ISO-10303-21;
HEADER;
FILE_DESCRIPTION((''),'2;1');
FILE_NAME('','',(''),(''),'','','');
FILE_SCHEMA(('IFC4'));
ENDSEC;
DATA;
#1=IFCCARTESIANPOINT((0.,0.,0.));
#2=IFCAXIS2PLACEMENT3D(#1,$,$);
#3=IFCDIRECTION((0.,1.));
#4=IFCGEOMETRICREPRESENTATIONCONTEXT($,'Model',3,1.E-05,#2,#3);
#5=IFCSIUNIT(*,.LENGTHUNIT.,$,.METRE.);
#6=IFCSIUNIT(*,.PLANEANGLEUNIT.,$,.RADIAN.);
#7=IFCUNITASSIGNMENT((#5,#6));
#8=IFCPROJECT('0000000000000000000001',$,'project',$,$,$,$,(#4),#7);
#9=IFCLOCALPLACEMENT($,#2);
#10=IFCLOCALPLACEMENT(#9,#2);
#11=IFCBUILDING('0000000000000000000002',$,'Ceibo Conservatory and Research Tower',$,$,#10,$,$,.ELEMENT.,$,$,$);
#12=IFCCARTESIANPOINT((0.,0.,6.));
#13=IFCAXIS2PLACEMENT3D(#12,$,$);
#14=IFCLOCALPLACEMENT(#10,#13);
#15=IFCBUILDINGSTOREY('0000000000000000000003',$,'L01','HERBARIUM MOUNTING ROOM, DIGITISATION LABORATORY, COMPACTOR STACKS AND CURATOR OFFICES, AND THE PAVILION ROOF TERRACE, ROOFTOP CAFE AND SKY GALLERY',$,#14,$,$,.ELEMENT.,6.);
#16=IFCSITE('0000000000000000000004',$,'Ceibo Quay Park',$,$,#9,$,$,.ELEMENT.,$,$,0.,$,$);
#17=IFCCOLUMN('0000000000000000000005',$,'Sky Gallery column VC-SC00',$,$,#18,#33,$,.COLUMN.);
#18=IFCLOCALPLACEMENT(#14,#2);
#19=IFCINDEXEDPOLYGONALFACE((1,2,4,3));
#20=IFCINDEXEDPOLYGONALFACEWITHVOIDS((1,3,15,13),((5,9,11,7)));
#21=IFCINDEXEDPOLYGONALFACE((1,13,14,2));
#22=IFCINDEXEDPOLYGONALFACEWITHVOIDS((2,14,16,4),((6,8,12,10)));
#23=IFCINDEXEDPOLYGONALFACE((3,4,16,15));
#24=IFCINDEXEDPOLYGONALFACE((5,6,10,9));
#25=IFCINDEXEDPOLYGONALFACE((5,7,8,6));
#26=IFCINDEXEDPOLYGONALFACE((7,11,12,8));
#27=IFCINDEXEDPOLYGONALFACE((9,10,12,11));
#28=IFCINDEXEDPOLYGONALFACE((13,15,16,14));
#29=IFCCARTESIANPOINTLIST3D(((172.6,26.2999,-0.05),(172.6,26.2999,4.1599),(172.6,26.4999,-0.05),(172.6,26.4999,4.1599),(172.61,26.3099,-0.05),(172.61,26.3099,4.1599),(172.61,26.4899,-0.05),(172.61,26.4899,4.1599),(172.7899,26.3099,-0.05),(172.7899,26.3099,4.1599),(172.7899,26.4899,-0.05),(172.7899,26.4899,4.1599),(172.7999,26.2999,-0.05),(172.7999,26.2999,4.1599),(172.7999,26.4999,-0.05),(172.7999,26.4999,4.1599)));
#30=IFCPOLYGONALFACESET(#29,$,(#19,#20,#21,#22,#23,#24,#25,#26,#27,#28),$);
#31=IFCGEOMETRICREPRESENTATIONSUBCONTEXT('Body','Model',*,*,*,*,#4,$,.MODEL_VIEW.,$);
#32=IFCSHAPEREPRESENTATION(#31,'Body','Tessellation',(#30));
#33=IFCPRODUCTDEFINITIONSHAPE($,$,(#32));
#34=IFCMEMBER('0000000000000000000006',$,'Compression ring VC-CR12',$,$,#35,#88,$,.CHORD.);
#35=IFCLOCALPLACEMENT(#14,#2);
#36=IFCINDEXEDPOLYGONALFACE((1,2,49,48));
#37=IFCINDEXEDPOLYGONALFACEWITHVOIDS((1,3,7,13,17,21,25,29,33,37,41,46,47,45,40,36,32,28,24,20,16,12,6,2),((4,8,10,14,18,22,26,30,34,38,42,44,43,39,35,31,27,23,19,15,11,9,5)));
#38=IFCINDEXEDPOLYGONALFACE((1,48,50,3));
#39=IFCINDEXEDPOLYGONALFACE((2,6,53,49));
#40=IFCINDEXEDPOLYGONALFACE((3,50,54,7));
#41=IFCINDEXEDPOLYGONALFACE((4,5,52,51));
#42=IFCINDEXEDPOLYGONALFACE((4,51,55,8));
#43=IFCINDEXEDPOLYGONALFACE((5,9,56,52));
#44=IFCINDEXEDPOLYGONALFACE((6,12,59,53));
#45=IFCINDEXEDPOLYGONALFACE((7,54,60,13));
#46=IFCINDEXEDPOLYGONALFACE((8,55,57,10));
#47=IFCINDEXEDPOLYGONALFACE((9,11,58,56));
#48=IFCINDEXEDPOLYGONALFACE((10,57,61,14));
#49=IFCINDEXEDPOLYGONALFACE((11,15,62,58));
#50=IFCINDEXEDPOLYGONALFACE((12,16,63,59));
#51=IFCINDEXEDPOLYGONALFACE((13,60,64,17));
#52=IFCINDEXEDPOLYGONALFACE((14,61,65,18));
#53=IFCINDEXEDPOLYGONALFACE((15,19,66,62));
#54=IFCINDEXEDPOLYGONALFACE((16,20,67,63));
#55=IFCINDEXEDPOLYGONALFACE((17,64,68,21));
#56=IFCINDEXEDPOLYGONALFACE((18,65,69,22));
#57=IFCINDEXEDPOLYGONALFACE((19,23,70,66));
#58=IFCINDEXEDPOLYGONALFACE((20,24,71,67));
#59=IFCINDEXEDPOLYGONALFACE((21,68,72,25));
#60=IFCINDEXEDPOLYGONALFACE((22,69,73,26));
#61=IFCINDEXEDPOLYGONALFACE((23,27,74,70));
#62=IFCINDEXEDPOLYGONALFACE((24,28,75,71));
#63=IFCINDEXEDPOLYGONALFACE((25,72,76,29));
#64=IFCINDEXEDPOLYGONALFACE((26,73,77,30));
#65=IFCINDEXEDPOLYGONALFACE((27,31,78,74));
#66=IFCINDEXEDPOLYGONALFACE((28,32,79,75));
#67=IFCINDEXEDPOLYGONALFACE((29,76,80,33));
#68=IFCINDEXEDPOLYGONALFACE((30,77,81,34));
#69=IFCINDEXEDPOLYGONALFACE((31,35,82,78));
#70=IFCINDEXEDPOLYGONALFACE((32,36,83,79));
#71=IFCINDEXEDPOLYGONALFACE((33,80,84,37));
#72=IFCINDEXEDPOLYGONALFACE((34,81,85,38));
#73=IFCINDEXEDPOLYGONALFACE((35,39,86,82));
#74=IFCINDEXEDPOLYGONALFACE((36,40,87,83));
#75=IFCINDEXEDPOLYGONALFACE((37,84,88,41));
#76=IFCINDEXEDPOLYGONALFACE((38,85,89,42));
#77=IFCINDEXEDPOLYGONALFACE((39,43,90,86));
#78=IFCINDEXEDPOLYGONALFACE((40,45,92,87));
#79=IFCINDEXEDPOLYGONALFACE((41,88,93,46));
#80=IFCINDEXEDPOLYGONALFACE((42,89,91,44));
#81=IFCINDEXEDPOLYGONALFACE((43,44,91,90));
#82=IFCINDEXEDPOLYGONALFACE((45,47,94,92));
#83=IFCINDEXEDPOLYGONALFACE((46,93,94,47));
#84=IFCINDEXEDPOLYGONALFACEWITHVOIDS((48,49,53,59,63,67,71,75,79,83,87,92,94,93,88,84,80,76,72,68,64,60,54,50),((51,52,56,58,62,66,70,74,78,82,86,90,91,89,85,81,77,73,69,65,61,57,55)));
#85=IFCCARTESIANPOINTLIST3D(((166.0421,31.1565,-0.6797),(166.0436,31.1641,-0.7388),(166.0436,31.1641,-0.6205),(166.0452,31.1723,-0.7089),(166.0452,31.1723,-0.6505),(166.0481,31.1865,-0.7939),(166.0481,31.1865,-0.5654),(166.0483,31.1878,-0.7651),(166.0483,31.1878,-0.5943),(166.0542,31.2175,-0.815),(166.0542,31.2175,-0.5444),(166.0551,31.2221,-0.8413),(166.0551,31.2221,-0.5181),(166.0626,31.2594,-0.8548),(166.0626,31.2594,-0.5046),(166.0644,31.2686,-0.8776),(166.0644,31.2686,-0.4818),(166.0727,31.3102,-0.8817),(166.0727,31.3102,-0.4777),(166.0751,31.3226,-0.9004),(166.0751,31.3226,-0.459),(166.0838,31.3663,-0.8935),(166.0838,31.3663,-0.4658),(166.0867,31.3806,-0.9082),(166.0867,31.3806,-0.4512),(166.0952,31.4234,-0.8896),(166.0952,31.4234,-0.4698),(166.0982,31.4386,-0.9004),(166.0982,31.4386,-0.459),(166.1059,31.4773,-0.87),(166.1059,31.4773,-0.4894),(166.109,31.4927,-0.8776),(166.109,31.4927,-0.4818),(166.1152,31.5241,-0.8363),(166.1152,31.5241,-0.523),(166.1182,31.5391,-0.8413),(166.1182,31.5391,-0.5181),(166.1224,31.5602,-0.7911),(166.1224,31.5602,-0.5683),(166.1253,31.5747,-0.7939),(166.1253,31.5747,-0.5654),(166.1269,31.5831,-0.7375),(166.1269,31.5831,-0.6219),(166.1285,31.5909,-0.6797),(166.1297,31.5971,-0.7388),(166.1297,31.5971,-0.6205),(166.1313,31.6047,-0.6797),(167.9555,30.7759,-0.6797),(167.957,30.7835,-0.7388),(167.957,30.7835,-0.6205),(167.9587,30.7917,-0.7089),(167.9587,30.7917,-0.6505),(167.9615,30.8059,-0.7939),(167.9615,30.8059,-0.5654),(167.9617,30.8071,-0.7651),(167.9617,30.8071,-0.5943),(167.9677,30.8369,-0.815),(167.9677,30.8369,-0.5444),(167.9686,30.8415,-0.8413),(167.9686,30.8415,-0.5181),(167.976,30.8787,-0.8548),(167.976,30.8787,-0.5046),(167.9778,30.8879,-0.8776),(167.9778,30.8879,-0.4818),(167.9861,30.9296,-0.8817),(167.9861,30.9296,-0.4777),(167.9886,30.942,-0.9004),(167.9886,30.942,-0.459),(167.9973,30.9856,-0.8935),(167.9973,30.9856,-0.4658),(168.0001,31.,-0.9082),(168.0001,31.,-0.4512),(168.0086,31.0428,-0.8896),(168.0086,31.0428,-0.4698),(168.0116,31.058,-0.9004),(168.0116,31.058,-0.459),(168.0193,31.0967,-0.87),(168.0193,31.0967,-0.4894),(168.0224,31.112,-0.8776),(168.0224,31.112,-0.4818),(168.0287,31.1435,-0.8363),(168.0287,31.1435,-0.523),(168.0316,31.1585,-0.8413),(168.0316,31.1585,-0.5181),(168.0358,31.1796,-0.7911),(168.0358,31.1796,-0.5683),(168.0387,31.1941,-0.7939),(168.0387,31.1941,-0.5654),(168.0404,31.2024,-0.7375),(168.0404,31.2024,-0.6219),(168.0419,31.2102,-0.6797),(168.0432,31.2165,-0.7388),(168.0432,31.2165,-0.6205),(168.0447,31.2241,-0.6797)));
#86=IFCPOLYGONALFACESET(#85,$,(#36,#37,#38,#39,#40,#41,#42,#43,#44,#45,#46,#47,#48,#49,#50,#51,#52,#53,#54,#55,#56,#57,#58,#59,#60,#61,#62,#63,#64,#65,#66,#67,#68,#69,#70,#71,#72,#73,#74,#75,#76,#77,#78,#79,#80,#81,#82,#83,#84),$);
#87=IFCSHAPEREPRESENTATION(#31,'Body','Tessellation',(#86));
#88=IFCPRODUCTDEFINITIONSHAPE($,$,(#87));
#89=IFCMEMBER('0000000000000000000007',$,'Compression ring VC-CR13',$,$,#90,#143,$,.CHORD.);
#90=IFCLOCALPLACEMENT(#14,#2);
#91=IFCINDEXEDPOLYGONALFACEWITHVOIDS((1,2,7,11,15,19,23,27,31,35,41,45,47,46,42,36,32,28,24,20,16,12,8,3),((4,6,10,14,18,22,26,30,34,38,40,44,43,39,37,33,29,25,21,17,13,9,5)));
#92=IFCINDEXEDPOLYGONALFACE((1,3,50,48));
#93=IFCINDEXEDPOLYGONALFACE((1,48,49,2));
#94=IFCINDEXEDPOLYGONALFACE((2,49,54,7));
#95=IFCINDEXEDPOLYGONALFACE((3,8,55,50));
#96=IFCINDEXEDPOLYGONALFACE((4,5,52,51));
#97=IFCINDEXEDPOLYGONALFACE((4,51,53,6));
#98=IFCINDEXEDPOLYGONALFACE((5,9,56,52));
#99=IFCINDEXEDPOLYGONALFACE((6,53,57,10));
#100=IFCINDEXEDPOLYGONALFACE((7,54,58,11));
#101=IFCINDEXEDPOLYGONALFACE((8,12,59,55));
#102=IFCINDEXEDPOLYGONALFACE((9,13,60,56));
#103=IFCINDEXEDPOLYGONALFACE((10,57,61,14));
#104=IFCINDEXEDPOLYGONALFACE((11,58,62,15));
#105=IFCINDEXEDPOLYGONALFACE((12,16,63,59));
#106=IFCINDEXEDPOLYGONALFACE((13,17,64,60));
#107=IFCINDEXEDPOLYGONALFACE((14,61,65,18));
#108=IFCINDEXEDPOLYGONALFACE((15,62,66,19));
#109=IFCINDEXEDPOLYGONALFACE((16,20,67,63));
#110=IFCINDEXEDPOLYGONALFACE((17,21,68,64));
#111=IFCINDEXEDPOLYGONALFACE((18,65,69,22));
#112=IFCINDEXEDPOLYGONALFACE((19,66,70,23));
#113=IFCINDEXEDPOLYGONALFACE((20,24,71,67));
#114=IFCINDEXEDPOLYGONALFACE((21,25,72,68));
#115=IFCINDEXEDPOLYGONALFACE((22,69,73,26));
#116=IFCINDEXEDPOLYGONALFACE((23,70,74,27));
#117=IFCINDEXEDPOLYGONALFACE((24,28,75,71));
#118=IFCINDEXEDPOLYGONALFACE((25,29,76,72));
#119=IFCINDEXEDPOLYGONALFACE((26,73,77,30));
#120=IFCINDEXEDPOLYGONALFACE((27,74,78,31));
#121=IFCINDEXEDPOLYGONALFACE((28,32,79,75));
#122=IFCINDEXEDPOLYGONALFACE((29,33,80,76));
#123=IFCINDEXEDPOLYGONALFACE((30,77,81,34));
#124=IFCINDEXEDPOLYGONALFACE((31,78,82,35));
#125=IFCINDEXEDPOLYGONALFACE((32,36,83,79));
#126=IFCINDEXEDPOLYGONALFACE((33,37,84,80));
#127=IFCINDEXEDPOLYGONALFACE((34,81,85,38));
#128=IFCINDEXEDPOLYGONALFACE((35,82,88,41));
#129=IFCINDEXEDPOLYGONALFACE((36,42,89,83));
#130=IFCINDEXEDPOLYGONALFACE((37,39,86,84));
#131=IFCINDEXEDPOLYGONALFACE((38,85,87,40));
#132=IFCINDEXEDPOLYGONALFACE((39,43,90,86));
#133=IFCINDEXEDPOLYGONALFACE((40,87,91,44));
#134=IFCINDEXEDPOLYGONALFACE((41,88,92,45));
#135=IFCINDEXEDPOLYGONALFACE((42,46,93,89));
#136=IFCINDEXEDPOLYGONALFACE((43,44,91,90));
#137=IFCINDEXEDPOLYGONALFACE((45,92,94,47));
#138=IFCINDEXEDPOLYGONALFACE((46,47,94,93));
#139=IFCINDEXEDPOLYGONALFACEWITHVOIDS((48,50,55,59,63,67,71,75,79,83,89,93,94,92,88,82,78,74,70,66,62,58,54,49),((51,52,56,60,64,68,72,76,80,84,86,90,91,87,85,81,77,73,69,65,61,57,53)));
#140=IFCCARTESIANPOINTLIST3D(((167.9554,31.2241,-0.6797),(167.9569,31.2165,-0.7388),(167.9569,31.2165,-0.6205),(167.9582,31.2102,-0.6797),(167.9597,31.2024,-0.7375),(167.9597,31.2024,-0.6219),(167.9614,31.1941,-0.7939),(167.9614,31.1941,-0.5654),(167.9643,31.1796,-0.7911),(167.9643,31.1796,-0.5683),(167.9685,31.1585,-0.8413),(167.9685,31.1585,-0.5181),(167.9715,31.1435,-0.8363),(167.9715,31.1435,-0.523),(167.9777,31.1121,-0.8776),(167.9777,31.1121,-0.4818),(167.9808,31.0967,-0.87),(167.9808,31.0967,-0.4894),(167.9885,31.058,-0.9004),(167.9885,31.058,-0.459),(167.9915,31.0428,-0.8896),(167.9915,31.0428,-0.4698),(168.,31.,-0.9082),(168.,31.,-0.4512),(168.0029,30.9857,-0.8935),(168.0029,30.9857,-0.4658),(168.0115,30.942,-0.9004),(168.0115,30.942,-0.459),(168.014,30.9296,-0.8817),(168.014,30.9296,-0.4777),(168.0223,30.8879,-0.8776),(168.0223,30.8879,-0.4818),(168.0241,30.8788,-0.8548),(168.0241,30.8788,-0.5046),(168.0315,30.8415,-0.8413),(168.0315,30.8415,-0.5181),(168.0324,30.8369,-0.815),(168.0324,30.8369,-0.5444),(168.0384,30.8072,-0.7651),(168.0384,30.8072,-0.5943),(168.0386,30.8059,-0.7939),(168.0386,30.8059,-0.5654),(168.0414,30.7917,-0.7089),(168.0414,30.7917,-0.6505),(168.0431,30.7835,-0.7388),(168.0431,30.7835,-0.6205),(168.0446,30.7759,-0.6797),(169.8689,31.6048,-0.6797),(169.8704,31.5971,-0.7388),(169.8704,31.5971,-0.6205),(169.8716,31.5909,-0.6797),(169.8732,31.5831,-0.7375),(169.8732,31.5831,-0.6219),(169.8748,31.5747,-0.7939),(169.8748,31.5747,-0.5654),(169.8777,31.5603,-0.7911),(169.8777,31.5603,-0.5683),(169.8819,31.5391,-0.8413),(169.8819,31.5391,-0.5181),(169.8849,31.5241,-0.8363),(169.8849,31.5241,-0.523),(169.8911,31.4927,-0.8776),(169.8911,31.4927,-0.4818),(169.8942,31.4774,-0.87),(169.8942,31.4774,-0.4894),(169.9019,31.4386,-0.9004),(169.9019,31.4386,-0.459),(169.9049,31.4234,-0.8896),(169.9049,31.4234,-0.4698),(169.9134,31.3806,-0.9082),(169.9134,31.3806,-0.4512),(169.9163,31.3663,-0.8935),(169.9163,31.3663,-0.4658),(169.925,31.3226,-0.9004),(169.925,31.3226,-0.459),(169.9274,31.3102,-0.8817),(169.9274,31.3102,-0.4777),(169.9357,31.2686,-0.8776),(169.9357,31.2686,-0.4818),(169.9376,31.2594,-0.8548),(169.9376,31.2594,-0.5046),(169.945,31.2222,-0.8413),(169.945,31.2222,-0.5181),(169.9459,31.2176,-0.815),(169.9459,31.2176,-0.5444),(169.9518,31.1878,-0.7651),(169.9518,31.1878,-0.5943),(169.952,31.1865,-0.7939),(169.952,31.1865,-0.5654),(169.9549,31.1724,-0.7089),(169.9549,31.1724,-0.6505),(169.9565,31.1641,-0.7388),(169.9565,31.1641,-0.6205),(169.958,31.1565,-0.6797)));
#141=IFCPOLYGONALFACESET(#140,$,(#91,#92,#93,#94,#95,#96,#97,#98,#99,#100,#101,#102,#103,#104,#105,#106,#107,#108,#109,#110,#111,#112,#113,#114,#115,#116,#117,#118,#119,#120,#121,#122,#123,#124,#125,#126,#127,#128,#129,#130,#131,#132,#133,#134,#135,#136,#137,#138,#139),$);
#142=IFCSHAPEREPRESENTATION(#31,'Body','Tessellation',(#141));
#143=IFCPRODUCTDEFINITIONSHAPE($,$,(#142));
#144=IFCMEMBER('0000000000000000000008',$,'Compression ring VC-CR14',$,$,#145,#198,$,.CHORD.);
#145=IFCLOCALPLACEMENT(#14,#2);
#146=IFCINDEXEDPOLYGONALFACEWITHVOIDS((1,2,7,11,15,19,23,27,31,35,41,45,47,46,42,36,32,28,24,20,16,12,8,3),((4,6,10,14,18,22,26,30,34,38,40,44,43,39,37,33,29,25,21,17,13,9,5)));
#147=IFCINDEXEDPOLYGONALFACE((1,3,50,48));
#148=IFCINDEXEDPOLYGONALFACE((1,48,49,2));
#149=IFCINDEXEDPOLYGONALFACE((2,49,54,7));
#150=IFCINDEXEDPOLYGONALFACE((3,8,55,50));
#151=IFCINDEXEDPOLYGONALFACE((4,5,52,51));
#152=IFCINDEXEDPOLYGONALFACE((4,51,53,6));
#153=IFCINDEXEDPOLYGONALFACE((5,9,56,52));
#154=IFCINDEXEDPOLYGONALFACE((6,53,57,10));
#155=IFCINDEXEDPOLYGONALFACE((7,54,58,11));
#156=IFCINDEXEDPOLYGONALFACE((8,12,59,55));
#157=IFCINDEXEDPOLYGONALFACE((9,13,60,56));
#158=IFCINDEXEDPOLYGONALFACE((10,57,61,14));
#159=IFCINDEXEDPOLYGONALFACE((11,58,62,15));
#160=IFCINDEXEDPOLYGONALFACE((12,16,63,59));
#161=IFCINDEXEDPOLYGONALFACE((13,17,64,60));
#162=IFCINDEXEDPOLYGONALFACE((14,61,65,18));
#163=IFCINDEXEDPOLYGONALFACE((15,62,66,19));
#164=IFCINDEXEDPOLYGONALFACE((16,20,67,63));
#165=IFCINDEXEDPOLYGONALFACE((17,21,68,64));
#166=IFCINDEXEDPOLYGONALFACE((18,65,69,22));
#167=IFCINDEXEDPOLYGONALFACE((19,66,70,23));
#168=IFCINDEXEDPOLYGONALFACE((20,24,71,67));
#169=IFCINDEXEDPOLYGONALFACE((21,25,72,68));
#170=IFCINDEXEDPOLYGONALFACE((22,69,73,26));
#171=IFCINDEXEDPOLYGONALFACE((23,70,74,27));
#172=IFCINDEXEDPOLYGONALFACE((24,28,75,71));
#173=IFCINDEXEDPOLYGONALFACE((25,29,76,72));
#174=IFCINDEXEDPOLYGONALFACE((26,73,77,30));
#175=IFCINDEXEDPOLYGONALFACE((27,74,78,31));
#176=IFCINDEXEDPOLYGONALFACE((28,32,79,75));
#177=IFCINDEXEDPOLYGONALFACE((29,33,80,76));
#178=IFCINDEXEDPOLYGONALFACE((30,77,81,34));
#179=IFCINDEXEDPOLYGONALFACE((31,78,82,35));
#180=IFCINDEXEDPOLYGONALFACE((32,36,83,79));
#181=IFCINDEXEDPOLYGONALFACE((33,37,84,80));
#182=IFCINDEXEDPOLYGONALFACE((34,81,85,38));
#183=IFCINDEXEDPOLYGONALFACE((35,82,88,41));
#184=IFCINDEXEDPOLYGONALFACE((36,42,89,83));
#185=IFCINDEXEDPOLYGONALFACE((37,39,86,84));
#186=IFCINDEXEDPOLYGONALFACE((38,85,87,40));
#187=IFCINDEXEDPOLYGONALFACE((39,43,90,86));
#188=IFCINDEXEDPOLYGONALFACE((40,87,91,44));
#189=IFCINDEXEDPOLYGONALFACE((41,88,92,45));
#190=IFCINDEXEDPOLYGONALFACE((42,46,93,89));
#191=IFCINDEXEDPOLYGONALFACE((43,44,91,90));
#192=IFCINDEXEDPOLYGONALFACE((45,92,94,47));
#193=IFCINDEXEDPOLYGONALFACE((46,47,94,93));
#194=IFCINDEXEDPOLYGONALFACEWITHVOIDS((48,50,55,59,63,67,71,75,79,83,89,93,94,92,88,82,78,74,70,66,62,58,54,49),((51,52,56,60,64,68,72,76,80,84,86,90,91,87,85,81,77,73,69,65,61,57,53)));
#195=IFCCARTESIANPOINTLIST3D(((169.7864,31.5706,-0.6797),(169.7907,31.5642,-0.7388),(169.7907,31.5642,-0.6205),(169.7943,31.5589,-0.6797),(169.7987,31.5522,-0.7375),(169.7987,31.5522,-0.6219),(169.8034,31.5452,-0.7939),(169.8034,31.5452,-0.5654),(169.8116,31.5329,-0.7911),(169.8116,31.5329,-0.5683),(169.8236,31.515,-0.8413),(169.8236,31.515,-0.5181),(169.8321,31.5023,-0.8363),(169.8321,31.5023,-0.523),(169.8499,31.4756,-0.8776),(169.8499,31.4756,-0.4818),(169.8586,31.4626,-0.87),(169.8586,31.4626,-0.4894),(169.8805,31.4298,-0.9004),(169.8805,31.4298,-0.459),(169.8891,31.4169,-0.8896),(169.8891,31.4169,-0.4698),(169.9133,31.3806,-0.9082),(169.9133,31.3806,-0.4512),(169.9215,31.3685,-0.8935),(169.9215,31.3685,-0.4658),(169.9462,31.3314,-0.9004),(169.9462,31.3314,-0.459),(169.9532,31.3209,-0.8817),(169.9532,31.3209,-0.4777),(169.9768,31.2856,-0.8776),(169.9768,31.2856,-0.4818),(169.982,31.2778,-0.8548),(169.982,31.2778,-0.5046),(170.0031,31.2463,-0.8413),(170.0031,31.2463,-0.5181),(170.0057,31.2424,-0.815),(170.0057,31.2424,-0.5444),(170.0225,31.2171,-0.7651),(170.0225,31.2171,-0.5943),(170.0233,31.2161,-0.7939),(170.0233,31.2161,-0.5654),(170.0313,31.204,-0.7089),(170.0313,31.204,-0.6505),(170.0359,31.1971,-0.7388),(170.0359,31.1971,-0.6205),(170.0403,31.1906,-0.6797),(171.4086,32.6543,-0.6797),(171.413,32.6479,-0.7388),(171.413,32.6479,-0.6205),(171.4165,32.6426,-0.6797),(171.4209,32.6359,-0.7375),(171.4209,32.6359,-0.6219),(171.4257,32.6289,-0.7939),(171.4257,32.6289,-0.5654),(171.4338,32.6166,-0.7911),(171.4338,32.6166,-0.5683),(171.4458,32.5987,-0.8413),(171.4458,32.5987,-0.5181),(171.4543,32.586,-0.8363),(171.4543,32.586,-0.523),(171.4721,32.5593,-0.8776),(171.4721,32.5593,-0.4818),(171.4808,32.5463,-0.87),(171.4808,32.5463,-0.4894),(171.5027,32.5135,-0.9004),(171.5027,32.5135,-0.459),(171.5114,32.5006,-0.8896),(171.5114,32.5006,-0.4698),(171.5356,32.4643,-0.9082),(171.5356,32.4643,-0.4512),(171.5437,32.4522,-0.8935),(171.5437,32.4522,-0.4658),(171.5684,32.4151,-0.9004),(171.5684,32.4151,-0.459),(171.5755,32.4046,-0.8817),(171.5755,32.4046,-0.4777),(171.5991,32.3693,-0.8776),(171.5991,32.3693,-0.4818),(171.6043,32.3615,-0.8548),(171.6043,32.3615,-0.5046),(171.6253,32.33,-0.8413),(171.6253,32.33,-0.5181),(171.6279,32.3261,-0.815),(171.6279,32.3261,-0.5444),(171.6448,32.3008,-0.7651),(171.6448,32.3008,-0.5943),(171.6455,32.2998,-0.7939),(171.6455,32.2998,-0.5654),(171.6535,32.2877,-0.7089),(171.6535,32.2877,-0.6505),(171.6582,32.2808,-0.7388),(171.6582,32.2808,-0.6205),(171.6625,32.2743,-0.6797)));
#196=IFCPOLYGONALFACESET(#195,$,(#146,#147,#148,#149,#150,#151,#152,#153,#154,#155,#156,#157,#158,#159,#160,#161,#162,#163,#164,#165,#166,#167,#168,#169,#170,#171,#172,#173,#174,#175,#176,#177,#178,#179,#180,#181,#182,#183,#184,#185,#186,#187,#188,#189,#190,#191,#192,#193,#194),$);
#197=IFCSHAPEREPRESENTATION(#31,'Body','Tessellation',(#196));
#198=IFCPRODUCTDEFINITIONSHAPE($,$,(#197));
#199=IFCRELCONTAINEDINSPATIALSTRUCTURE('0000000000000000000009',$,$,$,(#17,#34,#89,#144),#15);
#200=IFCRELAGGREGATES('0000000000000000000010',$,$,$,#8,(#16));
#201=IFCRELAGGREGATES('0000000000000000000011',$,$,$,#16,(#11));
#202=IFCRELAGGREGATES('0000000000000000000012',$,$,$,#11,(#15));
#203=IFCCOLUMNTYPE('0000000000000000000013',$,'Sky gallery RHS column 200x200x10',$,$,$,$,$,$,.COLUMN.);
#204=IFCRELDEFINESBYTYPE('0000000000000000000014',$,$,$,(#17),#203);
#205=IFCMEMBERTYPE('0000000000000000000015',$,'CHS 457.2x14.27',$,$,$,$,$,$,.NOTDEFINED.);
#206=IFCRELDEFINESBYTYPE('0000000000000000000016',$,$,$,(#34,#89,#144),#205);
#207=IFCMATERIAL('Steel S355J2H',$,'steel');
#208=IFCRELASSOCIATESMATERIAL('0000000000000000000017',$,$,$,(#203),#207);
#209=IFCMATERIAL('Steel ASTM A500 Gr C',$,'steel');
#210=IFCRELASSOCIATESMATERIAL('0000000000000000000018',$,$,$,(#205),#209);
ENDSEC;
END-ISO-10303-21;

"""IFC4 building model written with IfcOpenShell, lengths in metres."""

from ifc_helpers import new_model, si_unit, direction, frame, origin, origin_2d, place, context, subcontext, project, spatial, hollow_rectangle, hollow_circle, extrude, material, material_profile, profile_set, type_object, element, save


model = new_model("IFC4")

# Units and contexts
model_context = context("Model", 3, precision=1e-05, world=origin(), true_north=direction((0.0, 1.0)))
body_context = subcontext(model_context, "Body", "Model", "MODEL_VIEW")
ifc_project = project(units=[si_unit("LENGTHUNIT", "METRE"), si_unit("PLANEANGLEUNIT", "RADIAN")], contexts=[model_context])

# Site, building, storey
site_placement = place(None, origin())
site = spatial("IfcSite", under=ifc_project, at=site_placement, Name="Ceibo Quay Park", CompositionType="ELEMENT", RefElevation=0.0)
building_placement = place(site_placement, origin())
building = spatial("IfcBuilding", under=site, at=building_placement, Name="Ceibo Conservatory and Research Tower", CompositionType="ELEMENT")
storey_placement = place(building_placement, frame((0.0, 0.0, 6.0)))
storey = spatial("IfcBuildingStorey", under=building, at=storey_placement, Name="L01", Description="HERBARIUM MOUNTING ROOM, DIGITISATION LABORATORY, COMPACTOR STACKS AND CURATOR OFFICES, AND THE PAVILION ROOF TERRACE, ROOFTOP CAFE AND SKY GALLERY", CompositionType="ELEMENT", Elevation=6.0)

# Column
ifc_material_1 = material(Name="Steel S355J2H", Category="steel")
ifc_material_profile_1 = material_profile(ifc_material_1, hollow_rectangle(XDim=0.2, YDim=0.2, WallThickness=0.01, at=origin_2d()), Name="Sky gallery RHS column 200x200x10")
ifc_profile_set_1 = profile_set([ifc_material_profile_1], Name="Steel S355J2H")
column_type = type_object("IfcColumnType", Name="Sky gallery RHS column 200x200x10", PredefinedType="COLUMN", material=ifc_profile_set_1)
column_placement = place(storey_placement, frame((172.7, 26.3999, -0.05), z_axis=(0.0, 0.0, 1.0), x_axis=(1.0, 0.0, 0.0)))
element("IfcColumn", 1, at=column_placement, inside=storey, type_object=column_type, Name="Sky Gallery column VC-SC00", PredefinedType="COLUMN", context=body_context, shape_type="SweptSolid", body=[
    extrude(hollow_rectangle(XDim=0.2, YDim=0.2, WallThickness=0.01, at=origin_2d()), origin(), (0.0, 0.0, 1.0), 4.21),
])

# Members
ifc_material_2 = material(Name="Steel ASTM A500 Gr C", Category="steel")
ifc_material_profile_2 = material_profile(ifc_material_2, hollow_circle(Radius=0.2285, WallThickness=0.0142, at=origin_2d()), Name="CHS 457.2x14.27")
ifc_profile_set_2 = profile_set([ifc_material_profile_2], Name="Steel ASTM A500 Gr C")
member_type_1 = type_object("IfcMemberType", Name="CHS 457.2x14.27", PredefinedType="NOTDEFINED", material=ifc_profile_set_2)
for number, where, z_axis, x_axis, name in (
    (2, (166.0867, 31.3806, -0.6797), (0.980782, -0.195105, 0.0), (0.195105, 0.980782, 0.0), "Compression ring VC-CR12"),
    (3, (168.0, 31.0, -0.6797), (0.980782, 0.195105, 0.0), (-0.195105, 0.980782, 0.0), "Compression ring VC-CR13"),
    (4, (169.9133, 31.3806, -0.6797), (0.83153, 0.55548, 0.0), (-0.55548, 0.83153, 0.0), "Compression ring VC-CR14"),
):
    element("IfcMember", number, at=place(storey_placement, frame(where, z_axis=z_axis, x_axis=x_axis)), inside=storey, type_object=member_type_1, Name=name, PredefinedType="CHORD", context=body_context, shape_type="SweptSolid", body=[
        extrude(hollow_circle(Radius=0.2285, WallThickness=0.0142, at=origin_2d()), origin(), (0.0, 0.0, 1.0), 1.9509),
    ])

save(model, "model.ifc")
